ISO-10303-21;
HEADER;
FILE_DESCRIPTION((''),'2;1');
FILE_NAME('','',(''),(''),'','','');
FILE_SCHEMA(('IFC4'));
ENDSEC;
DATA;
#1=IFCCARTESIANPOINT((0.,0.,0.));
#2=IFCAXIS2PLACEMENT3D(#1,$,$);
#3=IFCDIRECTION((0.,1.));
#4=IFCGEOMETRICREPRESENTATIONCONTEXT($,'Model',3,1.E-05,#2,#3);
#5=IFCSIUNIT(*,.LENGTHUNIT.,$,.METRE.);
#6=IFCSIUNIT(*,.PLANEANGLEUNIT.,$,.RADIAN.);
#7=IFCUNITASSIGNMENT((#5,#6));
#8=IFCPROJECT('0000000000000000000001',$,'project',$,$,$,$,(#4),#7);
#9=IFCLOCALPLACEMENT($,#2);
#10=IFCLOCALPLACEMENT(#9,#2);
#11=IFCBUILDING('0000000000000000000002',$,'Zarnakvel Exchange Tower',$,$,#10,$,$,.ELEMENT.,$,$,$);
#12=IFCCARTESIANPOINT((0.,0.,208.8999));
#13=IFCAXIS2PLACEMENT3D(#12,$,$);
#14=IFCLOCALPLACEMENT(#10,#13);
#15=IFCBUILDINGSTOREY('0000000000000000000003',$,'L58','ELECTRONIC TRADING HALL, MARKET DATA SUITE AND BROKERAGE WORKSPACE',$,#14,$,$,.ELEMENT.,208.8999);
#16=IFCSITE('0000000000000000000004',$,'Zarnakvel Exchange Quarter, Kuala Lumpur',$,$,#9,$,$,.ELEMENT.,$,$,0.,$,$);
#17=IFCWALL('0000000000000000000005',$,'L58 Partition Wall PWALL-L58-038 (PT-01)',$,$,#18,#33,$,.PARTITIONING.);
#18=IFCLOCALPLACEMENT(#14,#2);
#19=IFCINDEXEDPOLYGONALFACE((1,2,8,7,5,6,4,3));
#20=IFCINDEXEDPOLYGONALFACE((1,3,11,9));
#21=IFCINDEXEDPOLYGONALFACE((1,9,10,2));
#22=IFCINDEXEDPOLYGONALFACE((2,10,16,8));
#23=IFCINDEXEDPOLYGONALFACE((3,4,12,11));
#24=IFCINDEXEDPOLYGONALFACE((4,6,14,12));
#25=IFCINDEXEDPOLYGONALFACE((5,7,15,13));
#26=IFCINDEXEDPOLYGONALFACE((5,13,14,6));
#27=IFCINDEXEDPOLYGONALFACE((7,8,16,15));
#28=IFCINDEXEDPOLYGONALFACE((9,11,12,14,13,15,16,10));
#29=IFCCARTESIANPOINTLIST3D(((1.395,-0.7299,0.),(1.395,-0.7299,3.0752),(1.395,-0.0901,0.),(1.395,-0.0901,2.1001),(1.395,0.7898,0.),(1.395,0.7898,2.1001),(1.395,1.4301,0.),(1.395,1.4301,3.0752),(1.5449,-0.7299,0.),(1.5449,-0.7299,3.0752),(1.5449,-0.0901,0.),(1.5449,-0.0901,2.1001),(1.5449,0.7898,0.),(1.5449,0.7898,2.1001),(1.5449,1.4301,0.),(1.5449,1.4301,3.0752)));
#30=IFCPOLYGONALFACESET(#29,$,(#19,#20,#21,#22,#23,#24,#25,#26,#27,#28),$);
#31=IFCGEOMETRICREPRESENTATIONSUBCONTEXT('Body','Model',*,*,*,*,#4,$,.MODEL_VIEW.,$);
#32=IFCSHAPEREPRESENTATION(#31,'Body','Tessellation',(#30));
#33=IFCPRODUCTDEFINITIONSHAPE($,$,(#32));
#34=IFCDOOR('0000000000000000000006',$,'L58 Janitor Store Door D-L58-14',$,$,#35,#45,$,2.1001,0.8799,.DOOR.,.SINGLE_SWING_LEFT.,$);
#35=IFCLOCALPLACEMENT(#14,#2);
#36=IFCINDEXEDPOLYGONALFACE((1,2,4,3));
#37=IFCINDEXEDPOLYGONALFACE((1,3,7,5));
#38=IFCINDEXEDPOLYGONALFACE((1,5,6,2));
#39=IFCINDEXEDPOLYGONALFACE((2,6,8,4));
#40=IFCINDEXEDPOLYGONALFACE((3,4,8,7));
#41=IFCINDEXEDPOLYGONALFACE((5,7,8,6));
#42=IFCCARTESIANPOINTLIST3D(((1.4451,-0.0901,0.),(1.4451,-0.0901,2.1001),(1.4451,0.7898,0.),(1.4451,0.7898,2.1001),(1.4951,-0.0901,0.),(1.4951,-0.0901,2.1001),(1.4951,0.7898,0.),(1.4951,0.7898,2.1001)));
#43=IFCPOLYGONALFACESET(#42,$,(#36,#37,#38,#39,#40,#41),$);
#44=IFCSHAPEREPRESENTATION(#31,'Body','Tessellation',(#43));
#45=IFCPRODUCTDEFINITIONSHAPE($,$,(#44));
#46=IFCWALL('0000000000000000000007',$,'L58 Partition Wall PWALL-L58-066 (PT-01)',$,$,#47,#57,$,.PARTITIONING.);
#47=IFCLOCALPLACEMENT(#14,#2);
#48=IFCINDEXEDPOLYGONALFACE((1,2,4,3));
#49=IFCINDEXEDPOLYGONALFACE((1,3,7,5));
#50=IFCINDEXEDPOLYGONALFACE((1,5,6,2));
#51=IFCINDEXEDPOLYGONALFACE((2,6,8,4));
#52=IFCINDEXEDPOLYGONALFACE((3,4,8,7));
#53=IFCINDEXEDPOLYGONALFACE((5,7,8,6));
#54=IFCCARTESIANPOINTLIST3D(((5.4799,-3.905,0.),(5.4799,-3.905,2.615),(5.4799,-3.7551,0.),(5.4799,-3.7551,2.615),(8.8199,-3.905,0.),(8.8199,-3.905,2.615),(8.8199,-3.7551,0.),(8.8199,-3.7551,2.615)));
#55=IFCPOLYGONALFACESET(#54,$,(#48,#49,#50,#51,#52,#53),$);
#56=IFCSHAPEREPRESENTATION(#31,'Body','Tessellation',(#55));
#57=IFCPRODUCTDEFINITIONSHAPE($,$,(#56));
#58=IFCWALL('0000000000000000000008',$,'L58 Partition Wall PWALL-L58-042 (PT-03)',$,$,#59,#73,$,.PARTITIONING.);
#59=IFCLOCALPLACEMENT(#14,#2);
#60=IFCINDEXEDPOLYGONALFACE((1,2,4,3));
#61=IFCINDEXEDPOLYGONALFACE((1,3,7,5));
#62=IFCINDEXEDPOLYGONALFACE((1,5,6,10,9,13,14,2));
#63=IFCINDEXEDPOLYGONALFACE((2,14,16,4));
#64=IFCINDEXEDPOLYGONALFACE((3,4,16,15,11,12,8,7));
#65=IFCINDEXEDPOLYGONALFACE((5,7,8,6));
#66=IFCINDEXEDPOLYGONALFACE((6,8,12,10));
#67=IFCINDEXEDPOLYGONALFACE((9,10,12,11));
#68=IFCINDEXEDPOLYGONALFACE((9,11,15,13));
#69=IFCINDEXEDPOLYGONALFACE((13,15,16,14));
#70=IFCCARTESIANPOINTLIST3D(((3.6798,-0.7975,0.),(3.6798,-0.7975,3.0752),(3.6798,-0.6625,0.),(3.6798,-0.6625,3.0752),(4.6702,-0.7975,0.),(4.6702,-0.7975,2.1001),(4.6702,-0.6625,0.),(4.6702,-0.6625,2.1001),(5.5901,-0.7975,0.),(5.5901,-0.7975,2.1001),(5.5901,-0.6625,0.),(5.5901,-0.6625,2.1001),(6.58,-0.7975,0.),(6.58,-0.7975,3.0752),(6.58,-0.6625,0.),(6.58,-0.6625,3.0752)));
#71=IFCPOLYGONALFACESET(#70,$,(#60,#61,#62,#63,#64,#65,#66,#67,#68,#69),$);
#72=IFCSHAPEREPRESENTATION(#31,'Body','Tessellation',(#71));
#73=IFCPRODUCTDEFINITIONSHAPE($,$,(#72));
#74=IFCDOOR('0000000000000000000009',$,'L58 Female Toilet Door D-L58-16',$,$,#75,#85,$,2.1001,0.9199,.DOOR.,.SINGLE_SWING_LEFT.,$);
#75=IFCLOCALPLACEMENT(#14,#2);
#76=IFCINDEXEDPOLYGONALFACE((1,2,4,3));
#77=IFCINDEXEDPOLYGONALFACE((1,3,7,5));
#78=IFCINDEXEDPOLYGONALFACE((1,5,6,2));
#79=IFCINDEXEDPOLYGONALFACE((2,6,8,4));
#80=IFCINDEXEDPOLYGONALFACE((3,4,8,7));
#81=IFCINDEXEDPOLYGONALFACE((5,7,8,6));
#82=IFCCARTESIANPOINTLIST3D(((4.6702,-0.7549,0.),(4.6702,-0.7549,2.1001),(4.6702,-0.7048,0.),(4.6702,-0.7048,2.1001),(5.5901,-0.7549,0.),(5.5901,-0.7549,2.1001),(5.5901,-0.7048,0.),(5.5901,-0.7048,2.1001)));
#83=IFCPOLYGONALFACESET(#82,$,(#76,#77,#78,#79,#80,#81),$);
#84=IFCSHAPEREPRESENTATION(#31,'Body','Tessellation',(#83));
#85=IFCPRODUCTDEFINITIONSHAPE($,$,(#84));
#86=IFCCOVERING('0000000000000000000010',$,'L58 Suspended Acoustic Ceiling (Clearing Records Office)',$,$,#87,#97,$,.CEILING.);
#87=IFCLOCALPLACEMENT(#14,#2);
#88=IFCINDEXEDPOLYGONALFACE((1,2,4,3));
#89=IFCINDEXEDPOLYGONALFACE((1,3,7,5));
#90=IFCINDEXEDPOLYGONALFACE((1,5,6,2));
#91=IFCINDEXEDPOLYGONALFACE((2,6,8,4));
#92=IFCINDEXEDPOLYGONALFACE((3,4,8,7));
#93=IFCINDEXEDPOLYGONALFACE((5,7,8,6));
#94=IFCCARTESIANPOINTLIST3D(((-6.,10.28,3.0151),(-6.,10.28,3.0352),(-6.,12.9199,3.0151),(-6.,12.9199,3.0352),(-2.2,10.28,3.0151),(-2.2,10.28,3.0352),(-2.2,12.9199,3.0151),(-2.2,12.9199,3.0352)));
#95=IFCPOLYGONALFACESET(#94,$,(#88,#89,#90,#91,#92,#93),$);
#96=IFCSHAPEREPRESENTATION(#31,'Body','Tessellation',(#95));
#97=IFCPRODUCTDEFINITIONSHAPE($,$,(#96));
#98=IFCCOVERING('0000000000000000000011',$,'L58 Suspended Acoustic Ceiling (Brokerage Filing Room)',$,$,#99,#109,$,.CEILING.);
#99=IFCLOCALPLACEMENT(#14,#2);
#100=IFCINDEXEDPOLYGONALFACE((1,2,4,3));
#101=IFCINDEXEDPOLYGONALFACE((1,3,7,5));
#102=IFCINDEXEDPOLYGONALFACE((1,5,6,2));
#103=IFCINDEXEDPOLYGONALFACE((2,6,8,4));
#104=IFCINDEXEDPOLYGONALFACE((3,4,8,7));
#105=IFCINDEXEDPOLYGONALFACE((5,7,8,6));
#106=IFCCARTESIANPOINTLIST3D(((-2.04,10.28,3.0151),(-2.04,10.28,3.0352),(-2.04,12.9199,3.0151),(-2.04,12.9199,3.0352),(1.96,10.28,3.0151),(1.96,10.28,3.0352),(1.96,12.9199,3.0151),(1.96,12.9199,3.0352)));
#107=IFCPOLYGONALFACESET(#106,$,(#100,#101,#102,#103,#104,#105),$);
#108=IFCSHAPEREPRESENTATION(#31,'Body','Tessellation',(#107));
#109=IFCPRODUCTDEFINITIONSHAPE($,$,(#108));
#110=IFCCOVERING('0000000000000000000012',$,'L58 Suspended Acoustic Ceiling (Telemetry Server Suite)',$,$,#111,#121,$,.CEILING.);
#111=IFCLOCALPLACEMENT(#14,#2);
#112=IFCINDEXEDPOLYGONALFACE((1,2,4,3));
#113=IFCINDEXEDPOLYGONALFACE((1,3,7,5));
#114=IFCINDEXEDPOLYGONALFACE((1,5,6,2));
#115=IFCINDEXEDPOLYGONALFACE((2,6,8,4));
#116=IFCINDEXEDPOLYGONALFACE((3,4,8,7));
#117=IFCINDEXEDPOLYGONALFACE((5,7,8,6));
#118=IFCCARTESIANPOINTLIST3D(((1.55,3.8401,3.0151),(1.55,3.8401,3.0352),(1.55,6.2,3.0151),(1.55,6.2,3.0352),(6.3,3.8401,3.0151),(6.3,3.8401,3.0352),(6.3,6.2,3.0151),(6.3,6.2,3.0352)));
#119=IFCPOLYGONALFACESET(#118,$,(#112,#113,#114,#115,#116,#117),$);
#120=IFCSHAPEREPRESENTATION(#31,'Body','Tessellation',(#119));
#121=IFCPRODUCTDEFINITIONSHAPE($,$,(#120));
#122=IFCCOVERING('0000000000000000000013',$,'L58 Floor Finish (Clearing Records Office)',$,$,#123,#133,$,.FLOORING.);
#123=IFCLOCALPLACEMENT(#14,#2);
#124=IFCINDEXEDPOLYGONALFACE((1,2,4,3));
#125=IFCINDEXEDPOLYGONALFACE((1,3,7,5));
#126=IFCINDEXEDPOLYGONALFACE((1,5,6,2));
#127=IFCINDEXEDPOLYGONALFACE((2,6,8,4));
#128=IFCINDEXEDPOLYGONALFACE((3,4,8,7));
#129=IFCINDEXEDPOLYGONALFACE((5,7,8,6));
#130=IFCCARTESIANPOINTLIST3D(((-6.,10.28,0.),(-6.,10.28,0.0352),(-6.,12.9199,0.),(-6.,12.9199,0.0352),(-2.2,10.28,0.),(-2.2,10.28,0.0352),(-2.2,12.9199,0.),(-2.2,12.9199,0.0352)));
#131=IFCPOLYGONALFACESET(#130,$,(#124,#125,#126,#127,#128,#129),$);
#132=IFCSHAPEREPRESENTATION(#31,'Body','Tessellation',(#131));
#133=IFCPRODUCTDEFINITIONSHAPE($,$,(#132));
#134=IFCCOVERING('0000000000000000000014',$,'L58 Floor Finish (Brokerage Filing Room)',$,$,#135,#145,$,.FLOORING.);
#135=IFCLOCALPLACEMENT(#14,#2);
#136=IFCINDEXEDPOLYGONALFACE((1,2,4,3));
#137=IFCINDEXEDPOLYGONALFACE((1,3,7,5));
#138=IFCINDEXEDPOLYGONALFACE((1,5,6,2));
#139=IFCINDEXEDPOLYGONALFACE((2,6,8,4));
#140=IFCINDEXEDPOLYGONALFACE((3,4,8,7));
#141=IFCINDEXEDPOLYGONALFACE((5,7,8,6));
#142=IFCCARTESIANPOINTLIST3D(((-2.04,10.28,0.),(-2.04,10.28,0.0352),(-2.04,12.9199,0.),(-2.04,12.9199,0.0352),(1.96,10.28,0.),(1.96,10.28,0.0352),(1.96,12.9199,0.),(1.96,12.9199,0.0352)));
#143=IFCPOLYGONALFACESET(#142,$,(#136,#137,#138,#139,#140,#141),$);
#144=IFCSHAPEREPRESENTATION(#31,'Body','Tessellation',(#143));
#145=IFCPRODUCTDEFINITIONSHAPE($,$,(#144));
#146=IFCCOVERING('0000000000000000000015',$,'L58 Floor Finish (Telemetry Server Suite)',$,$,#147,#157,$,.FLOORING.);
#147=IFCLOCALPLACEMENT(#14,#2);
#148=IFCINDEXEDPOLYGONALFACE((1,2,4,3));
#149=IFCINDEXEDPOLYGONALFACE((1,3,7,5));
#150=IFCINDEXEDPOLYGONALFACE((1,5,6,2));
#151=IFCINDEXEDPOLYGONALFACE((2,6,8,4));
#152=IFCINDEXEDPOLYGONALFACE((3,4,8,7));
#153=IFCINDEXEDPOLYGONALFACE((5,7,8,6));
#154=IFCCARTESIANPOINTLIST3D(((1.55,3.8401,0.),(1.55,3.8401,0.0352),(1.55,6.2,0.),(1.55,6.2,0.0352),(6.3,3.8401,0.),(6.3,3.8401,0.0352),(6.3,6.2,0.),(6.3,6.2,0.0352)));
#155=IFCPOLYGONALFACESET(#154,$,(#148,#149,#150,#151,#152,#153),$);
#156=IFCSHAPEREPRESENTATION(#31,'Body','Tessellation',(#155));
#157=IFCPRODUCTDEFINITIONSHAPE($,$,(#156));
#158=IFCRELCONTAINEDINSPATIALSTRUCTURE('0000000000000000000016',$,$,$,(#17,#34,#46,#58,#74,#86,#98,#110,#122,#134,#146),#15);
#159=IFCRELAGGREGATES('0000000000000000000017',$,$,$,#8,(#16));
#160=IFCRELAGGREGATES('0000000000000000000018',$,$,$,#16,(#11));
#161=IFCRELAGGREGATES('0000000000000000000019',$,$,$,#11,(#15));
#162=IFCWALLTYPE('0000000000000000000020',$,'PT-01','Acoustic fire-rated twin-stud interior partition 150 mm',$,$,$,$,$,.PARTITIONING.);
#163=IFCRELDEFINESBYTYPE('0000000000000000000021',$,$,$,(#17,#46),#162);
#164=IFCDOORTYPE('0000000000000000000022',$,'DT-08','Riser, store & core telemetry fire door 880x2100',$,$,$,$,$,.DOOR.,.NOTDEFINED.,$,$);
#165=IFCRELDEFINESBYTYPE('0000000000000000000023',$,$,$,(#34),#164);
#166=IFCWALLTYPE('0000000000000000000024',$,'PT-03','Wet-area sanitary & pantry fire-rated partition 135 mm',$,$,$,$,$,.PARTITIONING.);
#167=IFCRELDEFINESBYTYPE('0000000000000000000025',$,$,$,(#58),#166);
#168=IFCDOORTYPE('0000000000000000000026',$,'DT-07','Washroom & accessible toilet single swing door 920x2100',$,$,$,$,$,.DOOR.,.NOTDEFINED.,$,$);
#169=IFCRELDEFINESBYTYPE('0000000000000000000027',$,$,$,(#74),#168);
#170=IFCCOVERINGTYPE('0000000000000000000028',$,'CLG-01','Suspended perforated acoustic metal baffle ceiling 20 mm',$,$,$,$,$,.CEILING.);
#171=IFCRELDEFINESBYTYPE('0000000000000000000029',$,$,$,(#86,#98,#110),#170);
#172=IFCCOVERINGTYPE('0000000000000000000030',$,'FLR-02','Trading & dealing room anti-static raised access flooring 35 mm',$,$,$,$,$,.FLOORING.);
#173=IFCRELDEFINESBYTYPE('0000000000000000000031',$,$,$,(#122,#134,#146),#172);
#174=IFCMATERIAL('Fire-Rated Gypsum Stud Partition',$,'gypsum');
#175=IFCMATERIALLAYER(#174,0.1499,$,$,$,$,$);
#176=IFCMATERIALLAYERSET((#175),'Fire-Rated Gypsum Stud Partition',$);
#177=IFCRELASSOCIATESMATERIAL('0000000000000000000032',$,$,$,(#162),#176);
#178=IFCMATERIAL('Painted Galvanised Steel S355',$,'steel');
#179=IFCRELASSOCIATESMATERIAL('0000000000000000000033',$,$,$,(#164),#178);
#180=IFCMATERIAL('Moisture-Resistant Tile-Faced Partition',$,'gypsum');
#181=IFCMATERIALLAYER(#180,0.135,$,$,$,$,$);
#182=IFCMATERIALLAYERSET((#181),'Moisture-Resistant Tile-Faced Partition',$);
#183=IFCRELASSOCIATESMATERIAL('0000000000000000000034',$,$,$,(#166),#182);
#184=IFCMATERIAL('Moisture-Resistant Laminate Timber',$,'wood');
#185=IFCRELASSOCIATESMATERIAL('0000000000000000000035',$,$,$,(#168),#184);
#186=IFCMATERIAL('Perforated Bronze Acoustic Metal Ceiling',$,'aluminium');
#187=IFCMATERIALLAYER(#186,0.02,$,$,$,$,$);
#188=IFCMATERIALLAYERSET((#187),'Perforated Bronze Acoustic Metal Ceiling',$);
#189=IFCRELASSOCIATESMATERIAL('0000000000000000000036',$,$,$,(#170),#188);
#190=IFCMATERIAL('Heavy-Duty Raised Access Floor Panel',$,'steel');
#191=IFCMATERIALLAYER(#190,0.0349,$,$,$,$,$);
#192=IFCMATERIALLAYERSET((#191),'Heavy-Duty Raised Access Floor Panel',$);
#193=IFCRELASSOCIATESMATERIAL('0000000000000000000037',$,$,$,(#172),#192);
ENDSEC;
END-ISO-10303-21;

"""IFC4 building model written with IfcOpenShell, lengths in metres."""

from ifc_helpers import new_model, si_unit, direction, frame, frame_2d, origin, place, context, subcontext, project, spatial, polyline, rectangle, outline, extrude, source, transform, mapped, material, layer, layer_set, type_object, element, fill, save


model = new_model("IFC4")

# Units and contexts
model_context = context("Model", 3, precision=1e-05, world=origin(), true_north=direction((0.0, 1.0)))
body_context = subcontext(model_context, "Body", "Model", "MODEL_VIEW")
ifc_project = project(units=[si_unit("LENGTHUNIT", "METRE"), si_unit("PLANEANGLEUNIT", "RADIAN")], contexts=[model_context])

# Site, building, storey
site_placement = place(None, origin())
site = spatial("IfcSite", under=ifc_project, at=site_placement, Name="Zarnakvel Exchange Quarter, Kuala Lumpur", CompositionType="ELEMENT", RefElevation=0.0)
building_placement = place(site_placement, origin())
building = spatial("IfcBuilding", under=site, at=building_placement, Name="Zarnakvel Exchange Tower", CompositionType="ELEMENT")
storey_placement = place(building_placement, frame((0.0, 0.0, 208.8999)))
storey = spatial("IfcBuildingStorey", under=building, at=storey_placement, Name="L58", Description="ELECTRONIC TRADING HALL, MARKET DATA SUITE AND BROKERAGE WORKSPACE", CompositionType="ELEMENT", Elevation=208.8999)

# Shared definitions
ifc_material_1 = material(Name="Fire-Rated Gypsum Stud Partition", Category="gypsum")
ifc_layer_1 = layer(ifc_material_1, 0.1499)
ifc_layer_set_1 = layer_set([ifc_layer_1], Name="Fire-Rated Gypsum Stud Partition")
wall_type_1 = type_object("IfcWallType", Name="PT-01", Description="Acoustic fire-rated twin-stud interior partition 150 mm", PredefinedType="PARTITIONING", material=ifc_layer_set_1)

# Wall, opening, door
wall_1_placement = place(storey_placement, frame((1.47, -0.73, 0.0), z_axis=(0.0, 0.0, 1.0), x_axis=(0.0, 1.0, 0.0)))
wall_1 = element("IfcWall", 1, at=wall_1_placement, inside=storey, type_object=wall_type_1, Name="L58 Partition Wall PWALL-L58-038 (PT-01)", PredefinedType="PARTITIONING", context=body_context, shape_type="SweptSolid", body=[
    extrude(rectangle(XDim=2.1599, YDim=0.1499, at=frame_2d((1.0801, 0.0))), origin(), (0.0, 0.0, 1.0), 3.0752),
])
opening_1_placement = place(wall_1_placement, frame((0.6399, 0.0, 0.0)))
opening_1 = element("IfcOpeningElement", 2, at=opening_1_placement, cuts=wall_1, PredefinedType="OPENING", context=body_context, shape_type="SweptSolid", body=[
    extrude(rectangle(XDim=0.8799, YDim=2.1001, at=frame_2d((0.4399, 1.05))), frame((0.0, 0.085, 0.0), z_axis=(0.0, -1.0, 0.0), x_axis=(1.0, 0.0, 0.0)), (0.0, 0.0, 1.0), 0.1699),
])
ifc_material_2 = material(Name="Painted Galvanised Steel S355", Category="steel")
door_type_1 = type_object("IfcDoorType", Name="DT-08", Description="Riser, store & core telemetry fire door 880x2100", OperationType="NOTDEFINED", PredefinedType="DOOR", material=ifc_material_2)
shared_shape_1 = source(origin(), body_context, "Body", "SweptSolid", [
    extrude(rectangle(XDim=0.8799, YDim=2.1001, at=frame_2d((0.4399, 1.05))), frame((0.0, 0.0249, 0.0), z_axis=(0.0, -1.0, 0.0), x_axis=(1.0, 0.0, 0.0)), (0.0, 0.0, 1.0), 0.05),
])
door_1_placement = place(opening_1_placement, origin())
door_1 = element("IfcDoor", 3, at=door_1_placement, inside=storey, type_object=door_type_1, Name="L58 Janitor Store Door D-L58-14", OperationType="SINGLE_SWING_LEFT", OverallHeight=2.1001, OverallWidth=0.8799, PredefinedType="DOOR", context=body_context, shape_type="MappedRepresentation", body=[
    mapped(shared_shape_1, transform((0.0, 0.0, 0.0), x_axis=(1.0, 0.0, 0.0), y_axis=(0.0, 1.0, 0.0), z_axis=(0.0, 0.0, 1.0), scale=1.0)),
])
fill(opening_1, door_1)

# Wall
wall_2_placement = place(storey_placement, frame((5.48, -3.8301, 0.0), z_axis=(0.0, 0.0, 1.0), x_axis=(1.0, 0.0, 0.0)))
element("IfcWall", 4, at=wall_2_placement, inside=storey, type_object=wall_type_1, Name="L58 Partition Wall PWALL-L58-066 (PT-01)", PredefinedType="PARTITIONING", context=body_context, shape_type="SweptSolid", body=[
    extrude(rectangle(XDim=3.3401, YDim=0.1499, at=frame_2d((1.6699, 0.0))), origin(), (0.0, 0.0, 1.0), 2.615),
])

# Wall, opening, door
ifc_material_3 = material(Name="Moisture-Resistant Tile-Faced Partition", Category="gypsum")
ifc_layer_2 = layer(ifc_material_3, 0.135)
ifc_layer_set_2 = layer_set([ifc_layer_2], Name="Moisture-Resistant Tile-Faced Partition")
wall_type_2 = type_object("IfcWallType", Name="PT-03", Description="Wet-area sanitary & pantry fire-rated partition 135 mm", PredefinedType="PARTITIONING", material=ifc_layer_set_2)
wall_3_placement = place(storey_placement, frame((6.5801, -0.73, 0.0), z_axis=(0.0, 0.0, 1.0), x_axis=(-1.0, 0.0, 0.0)))
wall_3 = element("IfcWall", 5, at=wall_3_placement, inside=storey, type_object=wall_type_2, Name="L58 Partition Wall PWALL-L58-042 (PT-03)", PredefinedType="PARTITIONING", context=body_context, shape_type="SweptSolid", body=[
    extrude(rectangle(XDim=2.9001, YDim=0.135, at=frame_2d((1.4502, 0.0))), origin(), (0.0, 0.0, 1.0), 3.0752),
])
opening_2_placement = place(wall_3_placement, frame((0.99, 0.0, 0.0)))
opening_2 = element("IfcOpeningElement", 6, at=opening_2_placement, cuts=wall_3, PredefinedType="OPENING", context=body_context, shape_type="SweptSolid", body=[
    extrude(rectangle(XDim=0.9199, YDim=2.1001, at=frame_2d((0.46, 1.05))), frame((0.0, 0.0774, 0.0), z_axis=(0.0, -1.0, 0.0), x_axis=(1.0, 0.0, 0.0)), (0.0, 0.0, 1.0), 0.155),
])
ifc_material_4 = material(Name="Moisture-Resistant Laminate Timber", Category="wood")
door_type_2 = type_object("IfcDoorType", Name="DT-07", Description="Washroom & accessible toilet single swing door 920x2100", OperationType="NOTDEFINED", PredefinedType="DOOR", material=ifc_material_4)
shared_shape_2 = source(origin(), body_context, "Body", "SweptSolid", [
    extrude(rectangle(XDim=0.9199, YDim=2.1001, at=frame_2d((0.46, 1.05))), frame((0.0, 0.0249, 0.0), z_axis=(0.0, -1.0, 0.0), x_axis=(1.0, 0.0, 0.0)), (0.0, 0.0, 1.0), 0.05),
])
door_2_placement = place(opening_2_placement, origin())
door_2 = element("IfcDoor", 7, at=door_2_placement, inside=storey, type_object=door_type_2, Name="L58 Female Toilet Door D-L58-16", OperationType="SINGLE_SWING_LEFT", OverallHeight=2.1001, OverallWidth=0.9199, PredefinedType="DOOR", context=body_context, shape_type="MappedRepresentation", body=[
    mapped(shared_shape_2, transform((0.0, 0.0, 0.0), x_axis=(1.0, 0.0, 0.0), y_axis=(0.0, 1.0, 0.0), z_axis=(0.0, 0.0, 1.0), scale=1.0)),
])
fill(opening_2, door_2)

# Coverings
ifc_material_5 = material(Name="Perforated Bronze Acoustic Metal Ceiling", Category="aluminium")
ifc_layer_3 = layer(ifc_material_5, 0.02)
ifc_layer_set_3 = layer_set([ifc_layer_3], Name="Perforated Bronze Acoustic Metal Ceiling")
covering_type_1 = type_object("IfcCoveringType", Name="CLG-01", Description="Suspended perforated acoustic metal baffle ceiling 20 mm", PredefinedType="CEILING", material=ifc_layer_set_3)
covering_1_placement = place(storey_placement, frame((0.0, 0.0, 3.0151)))
element("IfcCovering", 8, at=covering_1_placement, inside=storey, type_object=covering_type_1, Name="L58 Suspended Acoustic Ceiling (Clearing Records Office)", PredefinedType="CEILING", context=body_context, shape_type="SweptSolid", body=[
    extrude(outline(polyline([(-6.0, 12.9199), (-2.2, 12.9199), (-2.2, 10.28), (-6.0, 10.28), (-6.0, 12.9199)])), origin(), (0.0, 0.0, 1.0), 0.02),
])
covering_2_placement = place(storey_placement, frame((0.0, 0.0, 3.0151)))
element("IfcCovering", 9, at=covering_2_placement, inside=storey, type_object=covering_type_1, Name="L58 Suspended Acoustic Ceiling (Brokerage Filing Room)", PredefinedType="CEILING", context=body_context, shape_type="SweptSolid", body=[
    extrude(outline(polyline([(-2.04, 12.9199), (1.96, 12.9199), (1.96, 10.28), (-2.04, 10.28), (-2.04, 12.9199)])), origin(), (0.0, 0.0, 1.0), 0.02),
])
covering_3_placement = place(storey_placement, frame((0.0, 0.0, 3.0151)))
element("IfcCovering", 10, at=covering_3_placement, inside=storey, type_object=covering_type_1, Name="L58 Suspended Acoustic Ceiling (Telemetry Server Suite)", PredefinedType="CEILING", context=body_context, shape_type="SweptSolid", body=[
    extrude(outline(polyline([(1.55, 6.2), (6.3, 6.2), (6.3, 3.8401), (1.55, 3.8401), (1.55, 6.2)])), origin(), (0.0, 0.0, 1.0), 0.02),
])
ifc_material_6 = material(Name="Heavy-Duty Raised Access Floor Panel", Category="steel")
ifc_layer_4 = layer(ifc_material_6, 0.0349)
ifc_layer_set_4 = layer_set([ifc_layer_4], Name="Heavy-Duty Raised Access Floor Panel")
covering_type_2 = type_object("IfcCoveringType", Name="FLR-02", Description="Trading & dealing room anti-static raised access flooring 35 mm", PredefinedType="FLOORING", material=ifc_layer_set_4)
covering_4_placement = place(storey_placement, origin())
element("IfcCovering", 11, at=covering_4_placement, inside=storey, type_object=covering_type_2, Name="L58 Floor Finish (Clearing Records Office)", PredefinedType="FLOORING", context=body_context, shape_type="SweptSolid", body=[
    extrude(outline(polyline([(-6.0, 12.9199), (-2.2, 12.9199), (-2.2, 10.28), (-6.0, 10.28), (-6.0, 12.9199)])), origin(), (0.0, 0.0, 1.0), 0.0352),
])
covering_5_placement = place(storey_placement, origin())
element("IfcCovering", 12, at=covering_5_placement, inside=storey, type_object=covering_type_2, Name="L58 Floor Finish (Brokerage Filing Room)", PredefinedType="FLOORING", context=body_context, shape_type="SweptSolid", body=[
    extrude(outline(polyline([(-2.04, 12.9199), (1.96, 12.9199), (1.96, 10.28), (-2.04, 10.28), (-2.04, 12.9199)])), origin(), (0.0, 0.0, 1.0), 0.0352),
])
covering_6_placement = place(storey_placement, origin())
element("IfcCovering", 13, at=covering_6_placement, inside=storey, type_object=covering_type_2, Name="L58 Floor Finish (Telemetry Server Suite)", PredefinedType="FLOORING", context=body_context, shape_type="SweptSolid", body=[
    extrude(outline(polyline([(1.55, 6.2), (6.3, 6.2), (6.3, 3.8401), (1.55, 3.8401), (1.55, 6.2)])), origin(), (0.0, 0.0, 1.0), 0.0352),
])

save(model, "model.ifc")
